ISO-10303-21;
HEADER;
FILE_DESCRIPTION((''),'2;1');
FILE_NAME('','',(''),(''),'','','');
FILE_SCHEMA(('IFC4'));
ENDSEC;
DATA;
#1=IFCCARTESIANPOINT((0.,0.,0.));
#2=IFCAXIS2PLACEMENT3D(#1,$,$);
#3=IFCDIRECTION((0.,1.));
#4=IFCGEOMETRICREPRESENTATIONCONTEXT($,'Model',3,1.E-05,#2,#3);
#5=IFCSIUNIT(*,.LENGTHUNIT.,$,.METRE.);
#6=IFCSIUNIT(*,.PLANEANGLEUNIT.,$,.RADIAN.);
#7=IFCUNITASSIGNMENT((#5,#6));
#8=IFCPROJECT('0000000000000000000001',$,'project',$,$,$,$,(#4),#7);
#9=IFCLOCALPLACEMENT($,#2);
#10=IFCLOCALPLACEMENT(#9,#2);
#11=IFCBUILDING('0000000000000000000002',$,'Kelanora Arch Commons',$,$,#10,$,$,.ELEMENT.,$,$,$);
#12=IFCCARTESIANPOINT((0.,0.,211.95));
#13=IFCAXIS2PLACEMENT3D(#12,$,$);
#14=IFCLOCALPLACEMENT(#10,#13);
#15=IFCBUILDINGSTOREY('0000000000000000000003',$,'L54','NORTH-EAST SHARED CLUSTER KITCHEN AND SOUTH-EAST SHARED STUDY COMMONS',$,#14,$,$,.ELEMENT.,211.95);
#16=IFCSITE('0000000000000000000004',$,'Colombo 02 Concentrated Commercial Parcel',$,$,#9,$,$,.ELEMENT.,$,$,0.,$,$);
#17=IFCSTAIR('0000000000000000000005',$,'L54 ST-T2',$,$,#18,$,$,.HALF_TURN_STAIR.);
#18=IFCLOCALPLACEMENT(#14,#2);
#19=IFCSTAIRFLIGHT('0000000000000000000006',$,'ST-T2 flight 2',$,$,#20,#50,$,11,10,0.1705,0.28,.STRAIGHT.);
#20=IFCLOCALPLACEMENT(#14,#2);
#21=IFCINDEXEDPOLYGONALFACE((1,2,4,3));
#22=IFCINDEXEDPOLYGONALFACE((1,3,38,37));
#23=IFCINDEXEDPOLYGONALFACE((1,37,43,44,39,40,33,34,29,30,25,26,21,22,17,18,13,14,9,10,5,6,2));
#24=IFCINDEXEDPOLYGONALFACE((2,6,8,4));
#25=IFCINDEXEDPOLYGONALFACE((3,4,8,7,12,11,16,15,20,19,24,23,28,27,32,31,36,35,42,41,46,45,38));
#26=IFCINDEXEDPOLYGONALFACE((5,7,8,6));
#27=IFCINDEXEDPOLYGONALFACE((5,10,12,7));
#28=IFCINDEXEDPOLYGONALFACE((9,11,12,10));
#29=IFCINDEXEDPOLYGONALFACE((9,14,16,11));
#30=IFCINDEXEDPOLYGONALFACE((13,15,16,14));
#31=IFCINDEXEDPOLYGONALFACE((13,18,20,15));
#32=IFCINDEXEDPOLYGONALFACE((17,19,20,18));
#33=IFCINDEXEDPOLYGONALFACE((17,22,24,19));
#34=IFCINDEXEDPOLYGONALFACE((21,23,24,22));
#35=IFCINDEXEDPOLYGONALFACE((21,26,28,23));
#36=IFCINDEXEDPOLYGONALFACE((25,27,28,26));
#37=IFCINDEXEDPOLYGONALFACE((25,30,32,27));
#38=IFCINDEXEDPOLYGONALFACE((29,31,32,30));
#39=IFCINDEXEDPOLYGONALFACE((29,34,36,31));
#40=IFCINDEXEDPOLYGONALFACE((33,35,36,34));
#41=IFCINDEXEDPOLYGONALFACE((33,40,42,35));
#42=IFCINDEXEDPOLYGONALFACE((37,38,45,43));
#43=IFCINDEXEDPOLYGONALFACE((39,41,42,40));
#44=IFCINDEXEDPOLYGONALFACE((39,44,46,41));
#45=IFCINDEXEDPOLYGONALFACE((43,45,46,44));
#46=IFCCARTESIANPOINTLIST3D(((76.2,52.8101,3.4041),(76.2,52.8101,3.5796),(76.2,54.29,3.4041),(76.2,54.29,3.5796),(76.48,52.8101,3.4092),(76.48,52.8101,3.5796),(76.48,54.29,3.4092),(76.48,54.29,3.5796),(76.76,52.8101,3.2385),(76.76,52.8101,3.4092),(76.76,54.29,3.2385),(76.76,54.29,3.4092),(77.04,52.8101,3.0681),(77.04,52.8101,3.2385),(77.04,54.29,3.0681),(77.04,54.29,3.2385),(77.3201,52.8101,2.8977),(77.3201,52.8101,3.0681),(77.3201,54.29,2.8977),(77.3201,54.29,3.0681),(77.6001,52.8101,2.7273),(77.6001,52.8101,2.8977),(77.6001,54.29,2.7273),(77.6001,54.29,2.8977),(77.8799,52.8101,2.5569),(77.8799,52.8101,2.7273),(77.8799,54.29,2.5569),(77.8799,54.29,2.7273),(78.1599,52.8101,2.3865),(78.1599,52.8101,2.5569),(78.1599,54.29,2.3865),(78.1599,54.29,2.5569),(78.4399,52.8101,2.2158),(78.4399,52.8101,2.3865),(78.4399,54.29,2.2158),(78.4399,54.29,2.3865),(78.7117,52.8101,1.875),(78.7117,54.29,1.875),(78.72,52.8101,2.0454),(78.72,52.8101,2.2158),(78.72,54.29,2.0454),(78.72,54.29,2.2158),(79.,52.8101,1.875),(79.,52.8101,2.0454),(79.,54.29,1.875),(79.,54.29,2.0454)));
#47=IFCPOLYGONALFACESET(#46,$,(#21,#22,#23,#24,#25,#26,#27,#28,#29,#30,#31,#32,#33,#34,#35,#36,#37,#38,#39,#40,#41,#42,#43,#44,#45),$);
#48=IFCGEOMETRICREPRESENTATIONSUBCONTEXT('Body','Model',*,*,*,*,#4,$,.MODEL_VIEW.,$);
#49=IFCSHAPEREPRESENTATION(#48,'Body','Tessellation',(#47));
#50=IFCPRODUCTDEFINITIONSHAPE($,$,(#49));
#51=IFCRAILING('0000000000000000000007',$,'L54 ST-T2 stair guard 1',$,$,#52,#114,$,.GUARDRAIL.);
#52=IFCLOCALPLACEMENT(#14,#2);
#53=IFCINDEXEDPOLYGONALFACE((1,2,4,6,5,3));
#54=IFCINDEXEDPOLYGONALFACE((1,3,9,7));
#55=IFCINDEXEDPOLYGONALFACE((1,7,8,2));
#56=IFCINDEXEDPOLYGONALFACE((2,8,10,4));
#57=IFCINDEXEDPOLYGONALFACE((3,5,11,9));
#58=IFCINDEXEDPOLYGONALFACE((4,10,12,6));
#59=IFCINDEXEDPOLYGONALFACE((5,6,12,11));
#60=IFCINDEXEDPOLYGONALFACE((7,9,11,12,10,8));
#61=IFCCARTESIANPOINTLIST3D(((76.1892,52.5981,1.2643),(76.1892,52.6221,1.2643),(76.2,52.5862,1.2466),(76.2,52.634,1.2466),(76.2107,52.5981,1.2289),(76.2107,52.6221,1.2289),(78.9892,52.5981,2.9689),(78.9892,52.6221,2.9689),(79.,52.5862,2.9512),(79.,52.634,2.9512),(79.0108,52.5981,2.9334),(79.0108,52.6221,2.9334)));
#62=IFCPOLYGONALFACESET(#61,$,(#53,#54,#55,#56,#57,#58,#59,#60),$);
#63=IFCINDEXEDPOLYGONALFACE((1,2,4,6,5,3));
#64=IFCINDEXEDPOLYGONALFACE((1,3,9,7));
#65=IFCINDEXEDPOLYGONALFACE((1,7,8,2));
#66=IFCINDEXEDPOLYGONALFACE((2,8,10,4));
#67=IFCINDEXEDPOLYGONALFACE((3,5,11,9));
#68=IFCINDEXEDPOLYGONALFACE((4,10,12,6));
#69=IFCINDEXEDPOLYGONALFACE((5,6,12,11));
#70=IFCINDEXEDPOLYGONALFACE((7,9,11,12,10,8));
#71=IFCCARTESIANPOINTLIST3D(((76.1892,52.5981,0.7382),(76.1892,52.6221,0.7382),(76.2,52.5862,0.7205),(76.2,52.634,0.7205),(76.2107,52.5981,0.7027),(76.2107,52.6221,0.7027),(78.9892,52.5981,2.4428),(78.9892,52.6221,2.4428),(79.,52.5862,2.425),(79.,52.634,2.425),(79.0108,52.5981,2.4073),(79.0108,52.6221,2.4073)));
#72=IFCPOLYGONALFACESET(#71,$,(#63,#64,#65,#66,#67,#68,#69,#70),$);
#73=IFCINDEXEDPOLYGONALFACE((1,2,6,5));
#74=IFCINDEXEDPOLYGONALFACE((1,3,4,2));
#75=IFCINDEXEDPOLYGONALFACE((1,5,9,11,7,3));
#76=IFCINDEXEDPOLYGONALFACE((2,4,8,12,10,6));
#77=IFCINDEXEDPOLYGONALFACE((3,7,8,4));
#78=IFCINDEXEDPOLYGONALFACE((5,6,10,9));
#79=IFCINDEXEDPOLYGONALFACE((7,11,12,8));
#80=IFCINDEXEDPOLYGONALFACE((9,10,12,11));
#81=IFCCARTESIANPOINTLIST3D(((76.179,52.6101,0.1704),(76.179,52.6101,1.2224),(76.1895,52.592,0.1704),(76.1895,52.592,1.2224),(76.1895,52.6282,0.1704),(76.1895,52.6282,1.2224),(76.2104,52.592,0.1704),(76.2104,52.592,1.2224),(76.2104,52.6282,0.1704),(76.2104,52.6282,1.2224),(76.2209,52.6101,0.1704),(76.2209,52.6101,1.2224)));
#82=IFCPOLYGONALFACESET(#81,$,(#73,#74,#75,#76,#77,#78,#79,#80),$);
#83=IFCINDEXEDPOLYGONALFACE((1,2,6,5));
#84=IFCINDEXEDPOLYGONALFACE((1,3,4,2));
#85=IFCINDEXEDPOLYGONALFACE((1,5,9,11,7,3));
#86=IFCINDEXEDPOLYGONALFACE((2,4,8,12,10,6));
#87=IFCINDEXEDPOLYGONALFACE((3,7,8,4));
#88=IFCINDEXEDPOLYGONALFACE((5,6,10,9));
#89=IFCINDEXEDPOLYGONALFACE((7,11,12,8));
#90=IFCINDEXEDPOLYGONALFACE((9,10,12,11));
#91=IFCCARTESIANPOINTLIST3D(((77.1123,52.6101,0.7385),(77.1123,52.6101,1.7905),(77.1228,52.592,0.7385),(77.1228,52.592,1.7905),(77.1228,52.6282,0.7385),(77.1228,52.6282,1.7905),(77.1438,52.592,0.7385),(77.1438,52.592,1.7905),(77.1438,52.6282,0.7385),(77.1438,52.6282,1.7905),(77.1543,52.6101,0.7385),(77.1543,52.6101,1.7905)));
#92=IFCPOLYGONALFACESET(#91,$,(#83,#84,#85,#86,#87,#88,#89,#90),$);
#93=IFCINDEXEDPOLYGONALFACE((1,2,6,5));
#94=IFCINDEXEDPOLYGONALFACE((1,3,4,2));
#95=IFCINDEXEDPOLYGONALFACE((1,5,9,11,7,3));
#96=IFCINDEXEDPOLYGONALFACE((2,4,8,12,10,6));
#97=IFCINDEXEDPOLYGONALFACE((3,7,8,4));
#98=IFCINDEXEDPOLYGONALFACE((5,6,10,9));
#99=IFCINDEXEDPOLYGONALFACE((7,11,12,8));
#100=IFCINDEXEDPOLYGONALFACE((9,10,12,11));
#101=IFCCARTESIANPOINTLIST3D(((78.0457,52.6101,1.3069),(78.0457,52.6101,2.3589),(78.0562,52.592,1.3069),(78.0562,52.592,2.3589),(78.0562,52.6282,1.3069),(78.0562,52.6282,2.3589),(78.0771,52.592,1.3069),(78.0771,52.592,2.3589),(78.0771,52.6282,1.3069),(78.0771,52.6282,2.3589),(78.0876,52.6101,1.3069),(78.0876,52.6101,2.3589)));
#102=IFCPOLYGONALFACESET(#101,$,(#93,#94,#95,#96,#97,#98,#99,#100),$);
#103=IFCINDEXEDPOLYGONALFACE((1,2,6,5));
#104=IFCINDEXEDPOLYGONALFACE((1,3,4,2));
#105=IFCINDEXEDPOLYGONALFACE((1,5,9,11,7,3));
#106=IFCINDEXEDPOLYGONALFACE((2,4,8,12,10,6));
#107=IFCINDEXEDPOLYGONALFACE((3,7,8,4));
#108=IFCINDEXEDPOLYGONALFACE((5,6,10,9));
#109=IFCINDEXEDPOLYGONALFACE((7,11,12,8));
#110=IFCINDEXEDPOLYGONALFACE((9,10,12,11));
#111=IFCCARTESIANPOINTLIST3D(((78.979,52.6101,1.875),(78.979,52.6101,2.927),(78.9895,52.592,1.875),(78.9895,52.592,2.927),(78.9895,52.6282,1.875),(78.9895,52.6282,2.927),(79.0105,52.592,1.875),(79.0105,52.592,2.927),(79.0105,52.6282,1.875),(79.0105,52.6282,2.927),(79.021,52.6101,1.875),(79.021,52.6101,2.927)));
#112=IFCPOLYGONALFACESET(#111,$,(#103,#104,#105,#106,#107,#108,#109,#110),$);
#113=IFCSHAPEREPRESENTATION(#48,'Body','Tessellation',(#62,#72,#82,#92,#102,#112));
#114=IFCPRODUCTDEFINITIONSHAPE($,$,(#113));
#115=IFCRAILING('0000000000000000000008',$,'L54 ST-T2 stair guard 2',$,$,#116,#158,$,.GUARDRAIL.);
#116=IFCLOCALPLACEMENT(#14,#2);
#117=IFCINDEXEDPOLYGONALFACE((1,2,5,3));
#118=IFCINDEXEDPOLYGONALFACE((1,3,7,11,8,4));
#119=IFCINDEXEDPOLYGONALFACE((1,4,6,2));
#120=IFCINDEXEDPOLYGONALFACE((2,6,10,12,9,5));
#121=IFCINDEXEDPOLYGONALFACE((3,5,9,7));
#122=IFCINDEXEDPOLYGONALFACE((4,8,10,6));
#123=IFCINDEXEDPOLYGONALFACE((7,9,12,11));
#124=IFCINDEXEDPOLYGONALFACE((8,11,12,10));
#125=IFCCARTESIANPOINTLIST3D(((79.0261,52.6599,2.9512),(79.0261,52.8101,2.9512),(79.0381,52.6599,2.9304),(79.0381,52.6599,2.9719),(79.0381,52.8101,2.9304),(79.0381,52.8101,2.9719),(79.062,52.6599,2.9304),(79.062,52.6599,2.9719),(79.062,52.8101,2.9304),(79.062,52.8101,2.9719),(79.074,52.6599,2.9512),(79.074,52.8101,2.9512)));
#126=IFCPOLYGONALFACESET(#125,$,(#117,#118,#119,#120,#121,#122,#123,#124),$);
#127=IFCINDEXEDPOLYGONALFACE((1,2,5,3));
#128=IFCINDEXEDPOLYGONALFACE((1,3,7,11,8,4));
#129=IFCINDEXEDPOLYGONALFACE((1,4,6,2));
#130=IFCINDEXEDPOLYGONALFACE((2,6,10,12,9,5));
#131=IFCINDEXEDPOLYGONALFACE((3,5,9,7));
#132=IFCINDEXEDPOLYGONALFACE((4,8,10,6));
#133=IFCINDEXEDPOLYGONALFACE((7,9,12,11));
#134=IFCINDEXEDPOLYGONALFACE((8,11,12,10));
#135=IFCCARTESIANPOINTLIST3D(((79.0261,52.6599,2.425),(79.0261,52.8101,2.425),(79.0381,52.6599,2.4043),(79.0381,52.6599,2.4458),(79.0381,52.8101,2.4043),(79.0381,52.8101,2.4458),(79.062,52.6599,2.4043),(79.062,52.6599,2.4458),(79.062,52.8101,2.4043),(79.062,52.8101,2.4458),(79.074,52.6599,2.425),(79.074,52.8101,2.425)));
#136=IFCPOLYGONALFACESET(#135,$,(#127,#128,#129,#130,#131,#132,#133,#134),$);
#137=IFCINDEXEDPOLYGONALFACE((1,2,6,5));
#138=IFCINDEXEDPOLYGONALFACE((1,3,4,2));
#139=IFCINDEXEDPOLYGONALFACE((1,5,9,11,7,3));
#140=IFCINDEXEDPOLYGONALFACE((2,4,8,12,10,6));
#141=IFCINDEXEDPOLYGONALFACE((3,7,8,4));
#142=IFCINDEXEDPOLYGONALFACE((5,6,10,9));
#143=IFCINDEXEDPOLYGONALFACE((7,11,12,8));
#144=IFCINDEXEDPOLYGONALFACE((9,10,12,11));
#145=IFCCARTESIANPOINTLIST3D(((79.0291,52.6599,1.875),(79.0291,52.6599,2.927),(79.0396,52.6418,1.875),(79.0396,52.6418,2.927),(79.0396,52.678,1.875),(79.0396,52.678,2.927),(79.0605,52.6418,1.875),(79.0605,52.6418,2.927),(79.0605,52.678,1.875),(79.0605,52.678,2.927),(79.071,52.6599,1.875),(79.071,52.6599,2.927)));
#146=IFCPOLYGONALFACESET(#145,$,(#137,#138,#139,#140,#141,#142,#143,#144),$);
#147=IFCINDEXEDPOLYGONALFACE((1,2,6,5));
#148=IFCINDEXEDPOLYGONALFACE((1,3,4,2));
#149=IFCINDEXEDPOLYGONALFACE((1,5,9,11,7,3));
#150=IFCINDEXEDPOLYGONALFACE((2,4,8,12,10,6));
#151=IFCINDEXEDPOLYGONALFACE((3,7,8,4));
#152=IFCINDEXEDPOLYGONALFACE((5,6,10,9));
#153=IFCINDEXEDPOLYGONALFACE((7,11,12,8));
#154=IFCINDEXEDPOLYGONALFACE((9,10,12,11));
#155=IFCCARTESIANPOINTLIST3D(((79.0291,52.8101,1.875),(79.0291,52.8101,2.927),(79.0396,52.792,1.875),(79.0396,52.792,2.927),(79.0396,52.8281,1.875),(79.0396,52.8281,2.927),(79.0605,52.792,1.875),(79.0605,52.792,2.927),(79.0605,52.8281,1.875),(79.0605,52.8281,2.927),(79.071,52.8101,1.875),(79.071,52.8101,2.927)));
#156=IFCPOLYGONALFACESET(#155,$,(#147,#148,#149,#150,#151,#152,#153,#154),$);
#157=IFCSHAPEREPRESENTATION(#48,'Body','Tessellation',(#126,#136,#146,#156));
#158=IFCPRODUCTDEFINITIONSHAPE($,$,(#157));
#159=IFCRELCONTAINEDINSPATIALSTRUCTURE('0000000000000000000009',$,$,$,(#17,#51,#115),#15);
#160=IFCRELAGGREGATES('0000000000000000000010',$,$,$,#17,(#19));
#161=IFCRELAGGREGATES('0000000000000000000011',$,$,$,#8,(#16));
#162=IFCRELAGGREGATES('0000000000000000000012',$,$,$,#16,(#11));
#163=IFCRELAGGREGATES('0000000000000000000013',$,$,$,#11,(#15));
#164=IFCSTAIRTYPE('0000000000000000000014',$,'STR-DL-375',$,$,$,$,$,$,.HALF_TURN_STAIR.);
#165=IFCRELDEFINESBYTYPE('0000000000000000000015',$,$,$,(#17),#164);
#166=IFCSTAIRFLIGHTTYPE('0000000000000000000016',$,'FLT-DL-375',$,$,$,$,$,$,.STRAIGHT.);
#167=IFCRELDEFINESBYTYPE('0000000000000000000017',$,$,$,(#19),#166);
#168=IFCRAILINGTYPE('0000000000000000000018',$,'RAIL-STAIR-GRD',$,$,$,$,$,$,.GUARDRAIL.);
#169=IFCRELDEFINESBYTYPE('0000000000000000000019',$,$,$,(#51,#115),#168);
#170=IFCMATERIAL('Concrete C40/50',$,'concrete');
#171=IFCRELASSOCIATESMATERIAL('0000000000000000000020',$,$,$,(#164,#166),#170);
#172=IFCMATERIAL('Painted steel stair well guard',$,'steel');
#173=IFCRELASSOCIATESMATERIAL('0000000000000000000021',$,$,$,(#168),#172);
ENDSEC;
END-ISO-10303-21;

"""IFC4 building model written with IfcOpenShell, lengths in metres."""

from ifc_helpers import new_model, si_unit, direction, frame, origin, place, context, subcontext, project, spatial, polyline, outline, extrude, material, type_object, element, aggregate, save


model = new_model("IFC4")

# Units and contexts
model_context = context("Model", 3, precision=1e-05, world=origin(), true_north=direction((0.0, 1.0)))
body_context = subcontext(model_context, "Body", "Model", "MODEL_VIEW")
ifc_project = project(units=[si_unit("LENGTHUNIT", "METRE"), si_unit("PLANEANGLEUNIT", "RADIAN")], contexts=[model_context])

# Site, building, storey
site_placement = place(None, origin())
site = spatial("IfcSite", under=ifc_project, at=site_placement, Name="Colombo 02 Concentrated Commercial Parcel", CompositionType="ELEMENT", RefElevation=0.0)
building_placement = place(site_placement, origin())
building = spatial("IfcBuilding", under=site, at=building_placement, Name="Kelanora Arch Commons", CompositionType="ELEMENT")
storey_placement = place(building_placement, frame((0.0, 0.0, 211.95)))
storey = spatial("IfcBuildingStorey", under=building, at=storey_placement, Name="L54", Description="NORTH-EAST SHARED CLUSTER KITCHEN AND SOUTH-EAST SHARED STUDY COMMONS", CompositionType="ELEMENT", Elevation=211.95)

# Shared definitions
ifc_material_1 = material(Name="Concrete C40/50", Category="concrete")

# Stair, stair flight
stair_type = type_object("IfcStairType", Name="STR-DL-375", PredefinedType="HALF_TURN_STAIR", material=ifc_material_1)
stair_placement = place(storey_placement, origin())
stair = element("IfcStair", 1, at=stair_placement, inside=storey, type_object=stair_type, Name="L54 ST-T2", PredefinedType="HALF_TURN_STAIR")
stair_flight_type = type_object("IfcStairFlightType", Name="FLT-DL-375", PredefinedType="STRAIGHT", material=ifc_material_1)
stair_flight_1_placement = place(storey_placement, frame((79.0, 53.55, 1.875), z_axis=(0.0, 0.0, 1.0), x_axis=(-1.0, 0.0, 0.0)))
stair_flight_1 = element("IfcStairFlight", 2, at=stair_flight_1_placement, type_object=stair_flight_type, Name="ST-T2 flight 2", NumberOfRisers=11, NumberOfTreads=10, PredefinedType="STRAIGHT", RiserHeight=0.1705, TreadLength=0.28, context=body_context, shape_type="SweptSolid", body=[
    extrude(outline(polyline([(0.0, 0.0), (0.0, 0.1704), (0.28, 0.1704), (0.28, 0.3408), (0.5601, 0.3408), (0.5601, 0.5115), (0.8401, 0.5115), (0.8401, 0.6819), (1.1201, 0.6819), (1.1201, 0.8523), (1.3999, 0.8523), (1.3999, 1.0227), (1.6799, 1.0227), (1.6799, 1.1931), (1.96, 1.1931), (1.96, 1.3635), (2.24, 1.3635), (2.24, 1.5342), (2.52, 1.5342), (2.52, 1.7046), (2.8, 1.7046), (2.8, 1.875), (2.8, 1.5291), (0.2883, 0.0), (0.0, 0.0)])), frame((0.0, 0.74, 0.0), z_axis=(0.0, -1.0, 0.0), x_axis=(1.0, 0.0, 0.0)), (0.0, 0.0, 1.0), 1.48),
])
aggregate(stair, [stair_flight_1])

# Railings
ifc_material_2 = material(Name="Painted steel stair well guard", Category="steel")
railing_type_1 = type_object("IfcRailingType", Name="RAIL-STAIR-GRD", PredefinedType="GUARDRAIL", material=ifc_material_2)
railing_1_placement = place(storey_placement, frame((76.2, 52.6101, 0.1704)))
element("IfcRailing", 3, at=railing_1_placement, inside=storey, type_object=railing_type_1, Name="L54 ST-T2 stair guard 1", PredefinedType="GUARDRAIL", context=body_context, shape_type="SweptSolid", body=[
    extrude(outline(polyline([(0.0239, 0.0), (0.012, 0.0208), (-0.012, 0.0208), (-0.0239, 0.0), (-0.012, -0.0208), (0.012, -0.0208), (0.0239, 0.0)])), frame((0.0, 0.0, 1.0762), z_axis=(0.85417, 0.0, 0.519994), x_axis=(0.0, 1.0, 0.0)), (0.0, 0.0, 1.0), 3.2781),
    extrude(outline(polyline([(0.0239, 0.0), (0.012, 0.0208), (-0.012, 0.0208), (-0.0239, 0.0), (-0.012, -0.0208), (0.012, -0.0208), (0.0239, 0.0)])), frame((0.0, 0.0, 0.55), z_axis=(0.85417, 0.0, 0.519994), x_axis=(0.0, 1.0, 0.0)), (0.0, 0.0, 1.0), 3.2781),
    extrude(outline(polyline([(0.021, 0.0), (0.0105, 0.0181), (-0.0105, 0.0181), (-0.021, 0.0), (-0.0105, -0.0181), (0.0105, -0.0181), (0.021, 0.0)])), origin(), (0.0, 0.0, 1.0), 1.052),
    extrude(outline(polyline([(0.021, 0.0), (0.0105, 0.0181), (-0.0105, 0.0181), (-0.021, 0.0), (-0.0105, -0.0181), (0.0105, -0.0181), (0.021, 0.0)])), frame((0.9333, 0.0, 0.5681)), (0.0, 0.0, 1.0), 1.052),
    extrude(outline(polyline([(0.021, 0.0), (0.0105, 0.0181), (-0.0105, 0.0181), (-0.021, 0.0), (-0.0105, -0.0181), (0.0105, -0.0181), (0.021, 0.0)])), frame((1.8667, 0.0, 1.1365)), (0.0, 0.0, 1.0), 1.052),
    extrude(outline(polyline([(0.021, 0.0), (0.0105, 0.0181), (-0.0105, 0.0181), (-0.021, 0.0), (-0.0105, -0.0181), (0.0105, -0.0181), (0.021, 0.0)])), frame((2.8, 0.0, 1.7046)), (0.0, 0.0, 1.0), 1.052),
])
railing_2_placement = place(storey_placement, frame((79.05, 52.6599, 1.875)))
element("IfcRailing", 4, at=railing_2_placement, inside=storey, type_object=railing_type_1, Name="L54 ST-T2 stair guard 2", PredefinedType="GUARDRAIL", context=body_context, shape_type="SweptSolid", body=[
    extrude(outline(polyline([(0.0239, 0.0), (0.012, 0.0208), (-0.012, 0.0208), (-0.0239, 0.0), (-0.012, -0.0208), (0.012, -0.0208), (0.0239, 0.0)])), frame((0.0, 0.0, 1.0762), z_axis=(0.0, 1.0, 0.0), x_axis=(-1.0, 0.0, 0.0)), (0.0, 0.0, 1.0), 0.1501),
    extrude(outline(polyline([(0.0239, 0.0), (0.012, 0.0208), (-0.012, 0.0208), (-0.0239, 0.0), (-0.012, -0.0208), (0.012, -0.0208), (0.0239, 0.0)])), frame((0.0, 0.0, 0.55), z_axis=(0.0, 1.0, 0.0), x_axis=(-1.0, 0.0, 0.0)), (0.0, 0.0, 1.0), 0.1501),
    extrude(outline(polyline([(0.021, 0.0), (0.0105, 0.0181), (-0.0105, 0.0181), (-0.021, 0.0), (-0.0105, -0.0181), (0.0105, -0.0181), (0.021, 0.0)])), origin(), (0.0, 0.0, 1.0), 1.052),
    extrude(outline(polyline([(0.021, 0.0), (0.0105, 0.0181), (-0.0105, 0.0181), (-0.021, 0.0), (-0.0105, -0.0181), (0.0105, -0.0181), (0.021, 0.0)])), frame((0.0, 0.1501, 0.0)), (0.0, 0.0, 1.0), 1.052),
])

save(model, "model.ifc")
